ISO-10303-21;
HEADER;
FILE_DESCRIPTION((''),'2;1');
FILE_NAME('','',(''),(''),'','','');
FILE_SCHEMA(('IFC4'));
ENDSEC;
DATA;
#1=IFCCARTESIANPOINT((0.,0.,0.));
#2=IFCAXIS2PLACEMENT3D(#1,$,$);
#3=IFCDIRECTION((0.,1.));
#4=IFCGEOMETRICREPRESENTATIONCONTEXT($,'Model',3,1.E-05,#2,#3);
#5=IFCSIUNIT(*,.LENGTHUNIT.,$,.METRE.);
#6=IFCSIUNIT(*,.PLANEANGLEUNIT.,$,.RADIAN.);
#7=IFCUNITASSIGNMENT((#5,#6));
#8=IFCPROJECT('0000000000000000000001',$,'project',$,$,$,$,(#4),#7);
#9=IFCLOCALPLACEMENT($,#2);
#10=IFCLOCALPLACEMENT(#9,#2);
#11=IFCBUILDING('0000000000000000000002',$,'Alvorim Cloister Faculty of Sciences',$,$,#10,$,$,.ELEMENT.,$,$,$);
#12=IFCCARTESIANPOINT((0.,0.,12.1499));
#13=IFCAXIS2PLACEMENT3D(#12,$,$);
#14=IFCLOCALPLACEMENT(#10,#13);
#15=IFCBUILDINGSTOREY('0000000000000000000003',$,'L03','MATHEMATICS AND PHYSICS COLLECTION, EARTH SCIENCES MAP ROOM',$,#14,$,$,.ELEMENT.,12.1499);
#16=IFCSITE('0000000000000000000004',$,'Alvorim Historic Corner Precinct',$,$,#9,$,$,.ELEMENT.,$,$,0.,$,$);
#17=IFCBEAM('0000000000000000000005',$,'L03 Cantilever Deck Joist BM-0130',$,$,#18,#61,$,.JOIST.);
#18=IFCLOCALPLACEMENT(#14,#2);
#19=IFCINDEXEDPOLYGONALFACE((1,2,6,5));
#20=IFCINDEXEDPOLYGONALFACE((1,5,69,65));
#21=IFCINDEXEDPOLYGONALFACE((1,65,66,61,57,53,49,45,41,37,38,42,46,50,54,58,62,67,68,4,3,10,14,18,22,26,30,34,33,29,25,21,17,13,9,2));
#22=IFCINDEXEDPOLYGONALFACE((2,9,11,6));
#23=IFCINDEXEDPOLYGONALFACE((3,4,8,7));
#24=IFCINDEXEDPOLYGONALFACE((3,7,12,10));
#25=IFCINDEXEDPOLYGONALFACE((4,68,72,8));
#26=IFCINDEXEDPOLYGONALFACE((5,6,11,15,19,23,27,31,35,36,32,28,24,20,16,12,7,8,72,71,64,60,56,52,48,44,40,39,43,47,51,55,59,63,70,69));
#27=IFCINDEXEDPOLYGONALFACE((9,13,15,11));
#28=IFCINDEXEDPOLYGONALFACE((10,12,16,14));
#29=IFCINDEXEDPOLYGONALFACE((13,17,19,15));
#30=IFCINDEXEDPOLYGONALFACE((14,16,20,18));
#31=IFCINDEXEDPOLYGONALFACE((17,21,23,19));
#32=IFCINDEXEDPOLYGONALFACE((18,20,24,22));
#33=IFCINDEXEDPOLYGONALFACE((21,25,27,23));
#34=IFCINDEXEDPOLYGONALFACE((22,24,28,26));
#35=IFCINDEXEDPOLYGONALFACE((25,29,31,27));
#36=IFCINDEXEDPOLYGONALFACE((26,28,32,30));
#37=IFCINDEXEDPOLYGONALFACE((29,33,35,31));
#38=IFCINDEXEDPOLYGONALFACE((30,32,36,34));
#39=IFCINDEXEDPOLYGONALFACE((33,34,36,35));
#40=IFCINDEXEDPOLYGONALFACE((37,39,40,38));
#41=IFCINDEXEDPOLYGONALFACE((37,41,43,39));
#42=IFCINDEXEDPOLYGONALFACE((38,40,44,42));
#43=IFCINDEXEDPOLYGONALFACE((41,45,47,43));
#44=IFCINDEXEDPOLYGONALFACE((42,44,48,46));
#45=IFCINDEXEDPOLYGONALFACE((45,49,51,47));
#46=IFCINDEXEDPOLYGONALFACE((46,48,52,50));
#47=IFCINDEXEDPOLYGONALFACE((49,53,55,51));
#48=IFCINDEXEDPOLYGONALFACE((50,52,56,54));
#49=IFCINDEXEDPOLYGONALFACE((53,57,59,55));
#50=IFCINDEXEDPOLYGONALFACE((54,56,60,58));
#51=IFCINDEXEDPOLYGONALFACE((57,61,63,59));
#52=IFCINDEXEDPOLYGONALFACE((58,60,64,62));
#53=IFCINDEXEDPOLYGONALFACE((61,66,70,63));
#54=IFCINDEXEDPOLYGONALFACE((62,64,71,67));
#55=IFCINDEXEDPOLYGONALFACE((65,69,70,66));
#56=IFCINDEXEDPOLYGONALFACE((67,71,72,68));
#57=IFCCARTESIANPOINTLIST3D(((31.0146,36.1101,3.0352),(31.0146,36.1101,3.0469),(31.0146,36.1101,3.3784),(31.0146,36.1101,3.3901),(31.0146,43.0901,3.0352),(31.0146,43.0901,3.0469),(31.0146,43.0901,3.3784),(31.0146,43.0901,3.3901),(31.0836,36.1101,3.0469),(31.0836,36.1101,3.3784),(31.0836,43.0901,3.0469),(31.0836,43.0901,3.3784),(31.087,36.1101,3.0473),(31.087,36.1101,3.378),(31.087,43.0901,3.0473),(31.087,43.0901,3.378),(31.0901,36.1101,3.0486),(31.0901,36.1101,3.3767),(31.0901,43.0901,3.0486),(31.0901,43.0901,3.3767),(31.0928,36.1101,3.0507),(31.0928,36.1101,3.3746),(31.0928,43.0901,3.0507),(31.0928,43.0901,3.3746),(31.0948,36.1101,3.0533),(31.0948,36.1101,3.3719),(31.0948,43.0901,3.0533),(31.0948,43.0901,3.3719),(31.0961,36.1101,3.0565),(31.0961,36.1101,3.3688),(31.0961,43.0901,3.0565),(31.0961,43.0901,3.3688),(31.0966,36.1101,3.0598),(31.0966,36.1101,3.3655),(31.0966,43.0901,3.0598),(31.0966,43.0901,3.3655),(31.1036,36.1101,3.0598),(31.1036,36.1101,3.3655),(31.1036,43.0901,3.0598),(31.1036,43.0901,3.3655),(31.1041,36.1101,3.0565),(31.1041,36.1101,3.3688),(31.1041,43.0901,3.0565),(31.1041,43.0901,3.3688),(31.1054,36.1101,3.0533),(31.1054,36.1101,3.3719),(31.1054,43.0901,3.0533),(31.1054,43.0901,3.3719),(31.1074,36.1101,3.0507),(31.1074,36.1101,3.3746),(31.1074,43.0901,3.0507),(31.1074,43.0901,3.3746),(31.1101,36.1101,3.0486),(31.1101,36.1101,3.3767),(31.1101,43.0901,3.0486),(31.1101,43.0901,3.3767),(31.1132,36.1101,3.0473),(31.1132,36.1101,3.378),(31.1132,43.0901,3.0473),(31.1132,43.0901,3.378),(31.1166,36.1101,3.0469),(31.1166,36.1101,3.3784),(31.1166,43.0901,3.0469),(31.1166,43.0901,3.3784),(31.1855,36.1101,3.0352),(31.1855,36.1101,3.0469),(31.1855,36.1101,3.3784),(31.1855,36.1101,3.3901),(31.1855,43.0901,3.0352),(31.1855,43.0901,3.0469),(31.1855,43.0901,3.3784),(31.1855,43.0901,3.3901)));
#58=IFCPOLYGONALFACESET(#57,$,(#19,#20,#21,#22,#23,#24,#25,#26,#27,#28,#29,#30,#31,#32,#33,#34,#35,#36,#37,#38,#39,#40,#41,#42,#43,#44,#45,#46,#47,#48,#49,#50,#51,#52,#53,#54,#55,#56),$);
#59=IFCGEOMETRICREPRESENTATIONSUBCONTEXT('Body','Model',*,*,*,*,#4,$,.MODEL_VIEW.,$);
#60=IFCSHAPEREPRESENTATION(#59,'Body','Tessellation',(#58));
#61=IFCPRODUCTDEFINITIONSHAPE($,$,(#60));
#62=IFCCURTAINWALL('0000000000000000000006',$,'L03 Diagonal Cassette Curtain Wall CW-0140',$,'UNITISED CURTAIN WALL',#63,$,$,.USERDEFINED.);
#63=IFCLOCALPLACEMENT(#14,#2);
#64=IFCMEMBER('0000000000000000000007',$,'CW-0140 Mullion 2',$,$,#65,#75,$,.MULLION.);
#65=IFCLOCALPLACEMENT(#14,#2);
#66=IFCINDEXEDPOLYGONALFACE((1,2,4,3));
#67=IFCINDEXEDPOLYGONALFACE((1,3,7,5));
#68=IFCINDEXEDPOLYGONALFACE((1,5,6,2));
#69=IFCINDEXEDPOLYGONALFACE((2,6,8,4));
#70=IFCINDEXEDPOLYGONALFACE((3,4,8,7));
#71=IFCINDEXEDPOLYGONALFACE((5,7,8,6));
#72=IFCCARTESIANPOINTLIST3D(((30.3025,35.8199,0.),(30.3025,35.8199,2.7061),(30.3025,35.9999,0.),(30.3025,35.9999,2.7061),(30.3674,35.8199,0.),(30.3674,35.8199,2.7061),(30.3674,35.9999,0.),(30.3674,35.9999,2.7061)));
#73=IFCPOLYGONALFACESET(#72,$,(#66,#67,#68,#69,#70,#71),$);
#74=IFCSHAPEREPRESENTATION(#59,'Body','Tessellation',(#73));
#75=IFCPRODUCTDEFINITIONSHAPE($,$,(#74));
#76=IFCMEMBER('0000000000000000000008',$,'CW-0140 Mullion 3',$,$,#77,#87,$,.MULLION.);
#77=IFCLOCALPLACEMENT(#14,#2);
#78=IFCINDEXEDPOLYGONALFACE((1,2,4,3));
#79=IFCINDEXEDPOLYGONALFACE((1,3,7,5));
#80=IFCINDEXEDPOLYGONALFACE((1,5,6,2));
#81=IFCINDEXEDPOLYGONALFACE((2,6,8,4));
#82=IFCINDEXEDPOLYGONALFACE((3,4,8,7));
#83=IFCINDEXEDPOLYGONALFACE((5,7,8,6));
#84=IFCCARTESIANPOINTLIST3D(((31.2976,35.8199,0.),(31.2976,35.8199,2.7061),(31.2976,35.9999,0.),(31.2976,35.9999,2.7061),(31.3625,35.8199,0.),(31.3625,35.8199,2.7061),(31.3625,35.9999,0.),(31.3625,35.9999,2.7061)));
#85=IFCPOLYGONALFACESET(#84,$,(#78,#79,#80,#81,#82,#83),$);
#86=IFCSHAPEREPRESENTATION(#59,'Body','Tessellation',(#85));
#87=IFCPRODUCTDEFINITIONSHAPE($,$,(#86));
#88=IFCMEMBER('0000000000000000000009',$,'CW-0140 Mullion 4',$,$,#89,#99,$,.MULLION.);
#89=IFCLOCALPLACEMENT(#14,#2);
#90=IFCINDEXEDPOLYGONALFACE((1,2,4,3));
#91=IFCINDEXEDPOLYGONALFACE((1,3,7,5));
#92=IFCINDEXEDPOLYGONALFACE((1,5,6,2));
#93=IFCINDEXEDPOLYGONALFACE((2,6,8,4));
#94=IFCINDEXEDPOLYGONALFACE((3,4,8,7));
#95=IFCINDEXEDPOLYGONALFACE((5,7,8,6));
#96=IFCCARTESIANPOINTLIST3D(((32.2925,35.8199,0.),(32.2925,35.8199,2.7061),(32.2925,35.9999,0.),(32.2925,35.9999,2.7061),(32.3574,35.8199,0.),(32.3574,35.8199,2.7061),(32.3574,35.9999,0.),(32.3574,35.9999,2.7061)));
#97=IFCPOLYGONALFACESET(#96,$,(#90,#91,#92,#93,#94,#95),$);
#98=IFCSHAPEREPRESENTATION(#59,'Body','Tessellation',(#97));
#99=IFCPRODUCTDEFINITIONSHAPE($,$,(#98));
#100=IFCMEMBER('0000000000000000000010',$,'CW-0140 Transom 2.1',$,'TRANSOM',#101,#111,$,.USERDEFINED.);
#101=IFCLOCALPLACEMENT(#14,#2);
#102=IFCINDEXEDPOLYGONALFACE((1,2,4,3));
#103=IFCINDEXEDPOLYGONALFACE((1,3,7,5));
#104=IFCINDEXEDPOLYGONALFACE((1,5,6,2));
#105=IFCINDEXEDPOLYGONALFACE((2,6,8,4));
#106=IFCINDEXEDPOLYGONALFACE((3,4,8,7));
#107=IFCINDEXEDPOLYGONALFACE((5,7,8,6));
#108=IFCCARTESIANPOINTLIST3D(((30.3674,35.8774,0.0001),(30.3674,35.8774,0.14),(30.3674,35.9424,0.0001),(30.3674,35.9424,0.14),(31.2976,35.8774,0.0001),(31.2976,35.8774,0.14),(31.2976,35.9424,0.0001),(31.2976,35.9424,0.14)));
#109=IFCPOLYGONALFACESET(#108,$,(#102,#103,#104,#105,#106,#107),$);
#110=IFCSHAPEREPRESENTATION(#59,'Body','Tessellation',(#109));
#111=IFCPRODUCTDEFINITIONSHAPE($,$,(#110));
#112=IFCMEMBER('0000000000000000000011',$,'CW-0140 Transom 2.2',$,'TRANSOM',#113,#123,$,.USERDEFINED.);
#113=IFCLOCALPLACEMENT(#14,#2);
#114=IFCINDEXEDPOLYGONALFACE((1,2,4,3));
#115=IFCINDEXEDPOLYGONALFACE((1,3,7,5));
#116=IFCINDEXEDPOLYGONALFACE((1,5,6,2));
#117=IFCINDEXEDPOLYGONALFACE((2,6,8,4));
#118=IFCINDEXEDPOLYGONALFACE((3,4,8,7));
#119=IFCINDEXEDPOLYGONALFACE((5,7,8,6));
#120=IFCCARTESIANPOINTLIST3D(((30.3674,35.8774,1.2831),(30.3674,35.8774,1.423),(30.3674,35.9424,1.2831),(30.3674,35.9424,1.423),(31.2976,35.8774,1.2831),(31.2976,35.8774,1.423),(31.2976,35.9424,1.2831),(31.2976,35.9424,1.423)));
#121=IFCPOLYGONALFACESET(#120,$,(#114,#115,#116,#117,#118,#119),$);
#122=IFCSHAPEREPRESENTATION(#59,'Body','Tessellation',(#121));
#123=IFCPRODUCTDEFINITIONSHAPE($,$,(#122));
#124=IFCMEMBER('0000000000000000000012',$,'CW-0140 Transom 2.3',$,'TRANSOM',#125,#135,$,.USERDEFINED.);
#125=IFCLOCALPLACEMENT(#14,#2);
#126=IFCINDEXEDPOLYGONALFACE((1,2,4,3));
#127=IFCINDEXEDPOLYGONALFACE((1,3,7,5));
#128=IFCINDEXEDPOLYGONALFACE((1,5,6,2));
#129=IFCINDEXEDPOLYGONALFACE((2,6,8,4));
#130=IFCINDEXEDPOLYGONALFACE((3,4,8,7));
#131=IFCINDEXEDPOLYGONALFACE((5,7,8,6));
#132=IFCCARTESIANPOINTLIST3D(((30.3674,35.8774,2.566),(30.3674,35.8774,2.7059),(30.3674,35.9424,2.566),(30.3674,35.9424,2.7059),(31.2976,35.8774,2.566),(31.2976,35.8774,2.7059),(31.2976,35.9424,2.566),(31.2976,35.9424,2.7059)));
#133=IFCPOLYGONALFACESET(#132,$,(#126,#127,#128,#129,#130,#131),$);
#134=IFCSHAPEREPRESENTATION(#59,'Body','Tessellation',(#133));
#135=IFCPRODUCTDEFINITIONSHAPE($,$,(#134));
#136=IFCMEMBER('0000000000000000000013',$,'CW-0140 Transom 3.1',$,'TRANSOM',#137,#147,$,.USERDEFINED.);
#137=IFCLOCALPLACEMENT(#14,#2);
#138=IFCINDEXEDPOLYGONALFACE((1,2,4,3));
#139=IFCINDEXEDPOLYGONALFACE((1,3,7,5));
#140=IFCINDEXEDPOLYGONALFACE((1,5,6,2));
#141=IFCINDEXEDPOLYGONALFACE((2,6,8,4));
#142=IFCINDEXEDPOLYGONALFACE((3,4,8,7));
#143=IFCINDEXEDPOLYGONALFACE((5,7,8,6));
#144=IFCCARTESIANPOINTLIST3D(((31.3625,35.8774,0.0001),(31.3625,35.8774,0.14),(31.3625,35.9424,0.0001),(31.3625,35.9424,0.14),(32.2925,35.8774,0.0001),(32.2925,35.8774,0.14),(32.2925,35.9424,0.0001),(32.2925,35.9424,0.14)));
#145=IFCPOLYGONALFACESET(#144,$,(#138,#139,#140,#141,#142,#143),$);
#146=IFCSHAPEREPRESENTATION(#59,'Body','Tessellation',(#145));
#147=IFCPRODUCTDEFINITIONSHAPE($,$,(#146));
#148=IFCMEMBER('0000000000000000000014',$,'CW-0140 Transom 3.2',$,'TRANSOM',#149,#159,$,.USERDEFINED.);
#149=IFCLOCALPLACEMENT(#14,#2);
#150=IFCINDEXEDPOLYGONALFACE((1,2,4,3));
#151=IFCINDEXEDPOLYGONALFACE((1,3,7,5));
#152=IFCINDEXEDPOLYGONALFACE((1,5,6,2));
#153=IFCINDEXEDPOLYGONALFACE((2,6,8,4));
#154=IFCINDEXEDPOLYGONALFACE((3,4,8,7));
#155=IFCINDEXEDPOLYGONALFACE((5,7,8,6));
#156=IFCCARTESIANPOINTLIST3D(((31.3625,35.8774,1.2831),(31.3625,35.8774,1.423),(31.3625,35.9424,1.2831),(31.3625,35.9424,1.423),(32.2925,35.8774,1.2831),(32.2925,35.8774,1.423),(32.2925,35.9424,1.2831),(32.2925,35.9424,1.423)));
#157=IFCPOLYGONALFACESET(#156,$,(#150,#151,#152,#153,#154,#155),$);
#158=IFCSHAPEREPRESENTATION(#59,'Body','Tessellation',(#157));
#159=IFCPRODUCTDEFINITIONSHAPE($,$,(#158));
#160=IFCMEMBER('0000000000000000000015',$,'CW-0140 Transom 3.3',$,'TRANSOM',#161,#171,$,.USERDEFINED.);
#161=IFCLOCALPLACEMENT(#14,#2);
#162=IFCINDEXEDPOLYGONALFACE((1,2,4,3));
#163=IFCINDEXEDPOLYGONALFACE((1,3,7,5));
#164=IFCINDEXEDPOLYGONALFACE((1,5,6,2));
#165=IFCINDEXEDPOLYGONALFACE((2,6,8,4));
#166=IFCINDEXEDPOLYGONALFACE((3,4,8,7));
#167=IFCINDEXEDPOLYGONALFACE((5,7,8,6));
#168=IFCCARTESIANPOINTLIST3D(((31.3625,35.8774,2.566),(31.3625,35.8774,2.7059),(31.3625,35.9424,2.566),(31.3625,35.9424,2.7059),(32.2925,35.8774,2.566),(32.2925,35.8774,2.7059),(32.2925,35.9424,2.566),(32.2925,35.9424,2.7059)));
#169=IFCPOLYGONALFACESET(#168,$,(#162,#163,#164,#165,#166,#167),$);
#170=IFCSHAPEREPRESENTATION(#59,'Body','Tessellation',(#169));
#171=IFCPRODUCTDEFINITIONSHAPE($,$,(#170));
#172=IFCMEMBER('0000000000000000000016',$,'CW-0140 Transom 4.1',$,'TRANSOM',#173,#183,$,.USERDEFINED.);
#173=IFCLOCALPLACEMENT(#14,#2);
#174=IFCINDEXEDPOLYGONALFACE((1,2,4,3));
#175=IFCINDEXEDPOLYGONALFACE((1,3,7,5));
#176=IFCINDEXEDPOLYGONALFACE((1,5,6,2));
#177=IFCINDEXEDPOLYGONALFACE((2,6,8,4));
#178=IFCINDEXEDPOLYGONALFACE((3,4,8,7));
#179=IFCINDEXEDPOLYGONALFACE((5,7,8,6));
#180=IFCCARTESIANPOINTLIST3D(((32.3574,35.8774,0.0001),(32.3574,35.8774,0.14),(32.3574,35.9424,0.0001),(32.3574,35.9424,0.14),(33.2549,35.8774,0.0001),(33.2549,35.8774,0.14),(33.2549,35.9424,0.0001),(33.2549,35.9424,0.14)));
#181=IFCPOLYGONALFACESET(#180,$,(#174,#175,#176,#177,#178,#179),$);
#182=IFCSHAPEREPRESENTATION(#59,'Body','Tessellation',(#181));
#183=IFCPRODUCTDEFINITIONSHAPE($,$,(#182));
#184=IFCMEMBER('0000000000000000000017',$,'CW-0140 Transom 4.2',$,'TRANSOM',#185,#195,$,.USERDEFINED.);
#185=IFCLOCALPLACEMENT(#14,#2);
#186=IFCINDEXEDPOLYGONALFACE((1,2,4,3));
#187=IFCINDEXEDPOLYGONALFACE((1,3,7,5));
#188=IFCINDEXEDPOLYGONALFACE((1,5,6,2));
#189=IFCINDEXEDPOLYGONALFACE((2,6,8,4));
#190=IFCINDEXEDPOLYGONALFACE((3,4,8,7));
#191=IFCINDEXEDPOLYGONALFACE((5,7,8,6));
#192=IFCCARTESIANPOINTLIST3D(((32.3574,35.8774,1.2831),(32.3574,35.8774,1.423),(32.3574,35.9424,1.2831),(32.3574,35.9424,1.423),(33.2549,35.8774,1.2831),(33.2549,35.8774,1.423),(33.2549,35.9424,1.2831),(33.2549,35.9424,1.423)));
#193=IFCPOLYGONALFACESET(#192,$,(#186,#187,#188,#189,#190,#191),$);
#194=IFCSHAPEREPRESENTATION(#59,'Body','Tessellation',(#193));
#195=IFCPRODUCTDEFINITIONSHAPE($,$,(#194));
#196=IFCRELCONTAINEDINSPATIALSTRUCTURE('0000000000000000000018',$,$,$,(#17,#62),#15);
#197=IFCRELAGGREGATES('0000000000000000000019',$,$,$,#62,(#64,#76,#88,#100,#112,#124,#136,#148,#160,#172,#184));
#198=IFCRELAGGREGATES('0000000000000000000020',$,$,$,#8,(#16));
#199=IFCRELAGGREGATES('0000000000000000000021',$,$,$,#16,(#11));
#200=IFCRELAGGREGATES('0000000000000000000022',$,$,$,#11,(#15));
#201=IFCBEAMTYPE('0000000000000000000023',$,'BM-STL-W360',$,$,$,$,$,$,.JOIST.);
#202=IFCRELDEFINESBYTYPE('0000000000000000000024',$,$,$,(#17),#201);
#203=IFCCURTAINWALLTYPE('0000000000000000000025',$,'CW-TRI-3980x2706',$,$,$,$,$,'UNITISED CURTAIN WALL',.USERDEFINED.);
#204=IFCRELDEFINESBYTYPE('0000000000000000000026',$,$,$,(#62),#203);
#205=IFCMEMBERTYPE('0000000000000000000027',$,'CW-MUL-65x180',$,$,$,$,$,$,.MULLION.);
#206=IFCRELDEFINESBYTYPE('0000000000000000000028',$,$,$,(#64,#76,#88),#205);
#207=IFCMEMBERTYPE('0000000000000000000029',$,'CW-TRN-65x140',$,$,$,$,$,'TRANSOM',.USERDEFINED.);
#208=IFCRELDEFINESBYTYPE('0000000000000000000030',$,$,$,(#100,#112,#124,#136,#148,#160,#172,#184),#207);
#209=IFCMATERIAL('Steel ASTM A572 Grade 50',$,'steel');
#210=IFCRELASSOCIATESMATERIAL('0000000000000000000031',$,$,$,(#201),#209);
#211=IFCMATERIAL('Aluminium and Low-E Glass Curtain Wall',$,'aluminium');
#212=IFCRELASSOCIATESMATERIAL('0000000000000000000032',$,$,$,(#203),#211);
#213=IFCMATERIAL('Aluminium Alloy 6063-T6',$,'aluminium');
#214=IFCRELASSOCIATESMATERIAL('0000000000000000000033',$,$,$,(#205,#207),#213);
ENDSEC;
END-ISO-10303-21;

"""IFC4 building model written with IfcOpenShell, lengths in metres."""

from ifc_helpers import new_model, si_unit, direction, frame, origin, origin_2d, place, context, subcontext, project, spatial, rectangle, i_section, extrude, material, material_profile, profile_set, type_object, element, aggregate, save


model = new_model("IFC4")

# Units and contexts
model_context = context("Model", 3, precision=1e-05, world=origin(), true_north=direction((0.0, 1.0)))
body_context = subcontext(model_context, "Body", "Model", "MODEL_VIEW")
ifc_project = project(units=[si_unit("LENGTHUNIT", "METRE"), si_unit("PLANEANGLEUNIT", "RADIAN")], contexts=[model_context])

# Site, building, storey
site_placement = place(None, origin())
site = spatial("IfcSite", under=ifc_project, at=site_placement, Name="Alvorim Historic Corner Precinct", CompositionType="ELEMENT", RefElevation=0.0)
building_placement = place(site_placement, origin())
building = spatial("IfcBuilding", under=site, at=building_placement, Name="Alvorim Cloister Faculty of Sciences", CompositionType="ELEMENT")
storey_placement = place(building_placement, frame((0.0, 0.0, 12.1499)))
storey = spatial("IfcBuildingStorey", under=building, at=storey_placement, Name="L03", Description="MATHEMATICS AND PHYSICS COLLECTION, EARTH SCIENCES MAP ROOM", CompositionType="ELEMENT", Elevation=12.1499)

# Beam
ifc_material_1 = material(Name="Steel ASTM A572 Grade 50", Category="steel")
ifc_material_profile_1 = material_profile(ifc_material_1, i_section(OverallWidth=0.1709, OverallDepth=0.355, WebThickness=0.0071, FlangeThickness=0.0117, FilletRadius=0.0129, at=origin_2d()), Name="W360x51.0")
ifc_profile_set_1 = profile_set([ifc_material_profile_1], Name="Steel ASTM A572 Grade 50")
beam_type = type_object("IfcBeamType", Name="BM-STL-W360", PredefinedType="JOIST", material=ifc_profile_set_1)
beam_placement = place(storey_placement, frame((31.1001, 36.1101, 3.2126), z_axis=(0.0, 1.0, 0.0), x_axis=(-1.0, 0.0, 0.0)))
element("IfcBeam", 1, at=beam_placement, inside=storey, type_object=beam_type, Name="L03 Cantilever Deck Joist BM-0130", PredefinedType="JOIST", context=body_context, shape_type="SweptSolid", body=[
    extrude(i_section(OverallWidth=0.1709, OverallDepth=0.355, WebThickness=0.0071, FlangeThickness=0.0117, FilletRadius=0.0129, at=origin_2d()), origin(), (0.0, 0.0, 1.0), 6.98),
])

# Curtain wall, members
ifc_material_2 = material(Name="Aluminium and Low-E Glass Curtain Wall", Category="aluminium")
curtain_wall_type = type_object("IfcCurtainWallType", Name="CW-TRI-3980x2706", ElementType="UNITISED CURTAIN WALL", PredefinedType="USERDEFINED", material=ifc_material_2)
curtain_wall_placement = place(storey_placement, origin())
curtain_wall = element("IfcCurtainWall", 2, at=curtain_wall_placement, inside=storey, type_object=curtain_wall_type, Name="L03 Diagonal Cassette Curtain Wall CW-0140", ObjectType="UNITISED CURTAIN WALL", PredefinedType="USERDEFINED")
ifc_material_3 = material(Name="Aluminium Alloy 6063-T6", Category="aluminium")
ifc_material_profile_2 = material_profile(ifc_material_3, rectangle(XDim=0.0649, YDim=0.1799, at=origin_2d()), Name="ALU-MUL-65x180")
ifc_profile_set_2 = profile_set([ifc_material_profile_2], Name="Aluminium Alloy 6063-T6")
member_type_1 = type_object("IfcMemberType", Name="CW-MUL-65x180", PredefinedType="MULLION", material=ifc_profile_set_2)
member_1_placement = place(storey_placement, frame((30.335, 35.9099, 0.0), z_axis=(0.0, 0.0, 1.0), x_axis=(1.0, 0.0, 0.0)))
member_1 = element("IfcMember", 3, at=member_1_placement, type_object=member_type_1, Name="CW-0140 Mullion 2", PredefinedType="MULLION", context=body_context, shape_type="SweptSolid", body=[
    extrude(rectangle(XDim=0.0649, YDim=0.1799, at=origin_2d()), origin(), (0.0, 0.0, 1.0), 2.7061),
])
member_2_placement = place(storey_placement, frame((31.3301, 35.9099, 0.0), z_axis=(0.0, 0.0, 1.0), x_axis=(1.0, 0.0, 0.0)))
member_2 = element("IfcMember", 4, at=member_2_placement, type_object=member_type_1, Name="CW-0140 Mullion 3", PredefinedType="MULLION", context=body_context, shape_type="SweptSolid", body=[
    extrude(rectangle(XDim=0.0649, YDim=0.1799, at=origin_2d()), origin(), (0.0, 0.0, 1.0), 2.7061),
])
member_3_placement = place(storey_placement, frame((32.325, 35.9099, 0.0), z_axis=(0.0, 0.0, 1.0), x_axis=(1.0, 0.0, 0.0)))
member_3 = element("IfcMember", 5, at=member_3_placement, type_object=member_type_1, Name="CW-0140 Mullion 4", PredefinedType="MULLION", context=body_context, shape_type="SweptSolid", body=[
    extrude(rectangle(XDim=0.0649, YDim=0.1799, at=origin_2d()), origin(), (0.0, 0.0, 1.0), 2.7061),
])
ifc_material_profile_3 = material_profile(ifc_material_3, rectangle(XDim=0.0649, YDim=0.1399, at=origin_2d()), Name="ALU-TRN-65x140")
ifc_profile_set_3 = profile_set([ifc_material_profile_3], Name="Aluminium Alloy 6063-T6")
member_type_2 = type_object("IfcMemberType", Name="CW-TRN-65x140", ElementType="TRANSOM", PredefinedType="USERDEFINED", material=ifc_profile_set_3)
member_4_placement = place(storey_placement, frame((30.3674, 35.9099, 0.0701), z_axis=(1.0, 0.0, 0.0), x_axis=(0.0, 1.0, 0.0)))
member_4 = element("IfcMember", 6, at=member_4_placement, type_object=member_type_2, Name="CW-0140 Transom 2.1", ObjectType="TRANSOM", PredefinedType="USERDEFINED", context=body_context, shape_type="SweptSolid", body=[
    extrude(rectangle(XDim=0.0649, YDim=0.1399, at=origin_2d()), origin(), (0.0, 0.0, 1.0), 0.9302),
])
member_5_placement = place(storey_placement, frame((30.3674, 35.9099, 1.353), z_axis=(1.0, 0.0, 0.0), x_axis=(0.0, 1.0, 0.0)))
member_5 = element("IfcMember", 7, at=member_5_placement, type_object=member_type_2, Name="CW-0140 Transom 2.2", ObjectType="TRANSOM", PredefinedType="USERDEFINED", context=body_context, shape_type="SweptSolid", body=[
    extrude(rectangle(XDim=0.0649, YDim=0.1399, at=origin_2d()), origin(), (0.0, 0.0, 1.0), 0.9302),
])
member_6_placement = place(storey_placement, frame((30.3674, 35.9099, 2.636), z_axis=(1.0, 0.0, 0.0), x_axis=(0.0, 1.0, 0.0)))
member_6 = element("IfcMember", 8, at=member_6_placement, type_object=member_type_2, Name="CW-0140 Transom 2.3", ObjectType="TRANSOM", PredefinedType="USERDEFINED", context=body_context, shape_type="SweptSolid", body=[
    extrude(rectangle(XDim=0.0649, YDim=0.1399, at=origin_2d()), origin(), (0.0, 0.0, 1.0), 0.9302),
])
member_7_placement = place(storey_placement, frame((31.3625, 35.9099, 0.0701), z_axis=(1.0, 0.0, 0.0), x_axis=(0.0, 1.0, 0.0)))
member_7 = element("IfcMember", 9, at=member_7_placement, type_object=member_type_2, Name="CW-0140 Transom 3.1", ObjectType="TRANSOM", PredefinedType="USERDEFINED", context=body_context, shape_type="SweptSolid", body=[
    extrude(rectangle(XDim=0.0649, YDim=0.1399, at=origin_2d()), origin(), (0.0, 0.0, 1.0), 0.9299),
])
member_8_placement = place(storey_placement, frame((31.3625, 35.9099, 1.353), z_axis=(1.0, 0.0, 0.0), x_axis=(0.0, 1.0, 0.0)))
member_8 = element("IfcMember", 10, at=member_8_placement, type_object=member_type_2, Name="CW-0140 Transom 3.2", ObjectType="TRANSOM", PredefinedType="USERDEFINED", context=body_context, shape_type="SweptSolid", body=[
    extrude(rectangle(XDim=0.0649, YDim=0.1399, at=origin_2d()), origin(), (0.0, 0.0, 1.0), 0.9299),
])
member_9_placement = place(storey_placement, frame((31.3625, 35.9099, 2.636), z_axis=(1.0, 0.0, 0.0), x_axis=(0.0, 1.0, 0.0)))
member_9 = element("IfcMember", 11, at=member_9_placement, type_object=member_type_2, Name="CW-0140 Transom 3.3", ObjectType="TRANSOM", PredefinedType="USERDEFINED", context=body_context, shape_type="SweptSolid", body=[
    extrude(rectangle(XDim=0.0649, YDim=0.1399, at=origin_2d()), origin(), (0.0, 0.0, 1.0), 0.9299),
])
member_10_placement = place(storey_placement, frame((32.3574, 35.9099, 0.0701), z_axis=(1.0, 0.0, 0.0), x_axis=(0.0, 1.0, 0.0)))
member_10 = element("IfcMember", 12, at=member_10_placement, type_object=member_type_2, Name="CW-0140 Transom 4.1", ObjectType="TRANSOM", PredefinedType="USERDEFINED", context=body_context, shape_type="SweptSolid", body=[
    extrude(rectangle(XDim=0.0649, YDim=0.1399, at=origin_2d()), origin(), (0.0, 0.0, 1.0), 0.8975),
])
member_11_placement = place(storey_placement, frame((32.3574, 35.9099, 1.353), z_axis=(1.0, 0.0, 0.0), x_axis=(0.0, 1.0, 0.0)))
member_11 = element("IfcMember", 13, at=member_11_placement, type_object=member_type_2, Name="CW-0140 Transom 4.2", ObjectType="TRANSOM", PredefinedType="USERDEFINED", context=body_context, shape_type="SweptSolid", body=[
    extrude(rectangle(XDim=0.0649, YDim=0.1399, at=origin_2d()), origin(), (0.0, 0.0, 1.0), 0.8975),
])
aggregate(curtain_wall, [member_1, member_2, member_3, member_4, member_5, member_6, member_7, member_8, member_9, member_10, member_11])

save(model, "model.ifc")
